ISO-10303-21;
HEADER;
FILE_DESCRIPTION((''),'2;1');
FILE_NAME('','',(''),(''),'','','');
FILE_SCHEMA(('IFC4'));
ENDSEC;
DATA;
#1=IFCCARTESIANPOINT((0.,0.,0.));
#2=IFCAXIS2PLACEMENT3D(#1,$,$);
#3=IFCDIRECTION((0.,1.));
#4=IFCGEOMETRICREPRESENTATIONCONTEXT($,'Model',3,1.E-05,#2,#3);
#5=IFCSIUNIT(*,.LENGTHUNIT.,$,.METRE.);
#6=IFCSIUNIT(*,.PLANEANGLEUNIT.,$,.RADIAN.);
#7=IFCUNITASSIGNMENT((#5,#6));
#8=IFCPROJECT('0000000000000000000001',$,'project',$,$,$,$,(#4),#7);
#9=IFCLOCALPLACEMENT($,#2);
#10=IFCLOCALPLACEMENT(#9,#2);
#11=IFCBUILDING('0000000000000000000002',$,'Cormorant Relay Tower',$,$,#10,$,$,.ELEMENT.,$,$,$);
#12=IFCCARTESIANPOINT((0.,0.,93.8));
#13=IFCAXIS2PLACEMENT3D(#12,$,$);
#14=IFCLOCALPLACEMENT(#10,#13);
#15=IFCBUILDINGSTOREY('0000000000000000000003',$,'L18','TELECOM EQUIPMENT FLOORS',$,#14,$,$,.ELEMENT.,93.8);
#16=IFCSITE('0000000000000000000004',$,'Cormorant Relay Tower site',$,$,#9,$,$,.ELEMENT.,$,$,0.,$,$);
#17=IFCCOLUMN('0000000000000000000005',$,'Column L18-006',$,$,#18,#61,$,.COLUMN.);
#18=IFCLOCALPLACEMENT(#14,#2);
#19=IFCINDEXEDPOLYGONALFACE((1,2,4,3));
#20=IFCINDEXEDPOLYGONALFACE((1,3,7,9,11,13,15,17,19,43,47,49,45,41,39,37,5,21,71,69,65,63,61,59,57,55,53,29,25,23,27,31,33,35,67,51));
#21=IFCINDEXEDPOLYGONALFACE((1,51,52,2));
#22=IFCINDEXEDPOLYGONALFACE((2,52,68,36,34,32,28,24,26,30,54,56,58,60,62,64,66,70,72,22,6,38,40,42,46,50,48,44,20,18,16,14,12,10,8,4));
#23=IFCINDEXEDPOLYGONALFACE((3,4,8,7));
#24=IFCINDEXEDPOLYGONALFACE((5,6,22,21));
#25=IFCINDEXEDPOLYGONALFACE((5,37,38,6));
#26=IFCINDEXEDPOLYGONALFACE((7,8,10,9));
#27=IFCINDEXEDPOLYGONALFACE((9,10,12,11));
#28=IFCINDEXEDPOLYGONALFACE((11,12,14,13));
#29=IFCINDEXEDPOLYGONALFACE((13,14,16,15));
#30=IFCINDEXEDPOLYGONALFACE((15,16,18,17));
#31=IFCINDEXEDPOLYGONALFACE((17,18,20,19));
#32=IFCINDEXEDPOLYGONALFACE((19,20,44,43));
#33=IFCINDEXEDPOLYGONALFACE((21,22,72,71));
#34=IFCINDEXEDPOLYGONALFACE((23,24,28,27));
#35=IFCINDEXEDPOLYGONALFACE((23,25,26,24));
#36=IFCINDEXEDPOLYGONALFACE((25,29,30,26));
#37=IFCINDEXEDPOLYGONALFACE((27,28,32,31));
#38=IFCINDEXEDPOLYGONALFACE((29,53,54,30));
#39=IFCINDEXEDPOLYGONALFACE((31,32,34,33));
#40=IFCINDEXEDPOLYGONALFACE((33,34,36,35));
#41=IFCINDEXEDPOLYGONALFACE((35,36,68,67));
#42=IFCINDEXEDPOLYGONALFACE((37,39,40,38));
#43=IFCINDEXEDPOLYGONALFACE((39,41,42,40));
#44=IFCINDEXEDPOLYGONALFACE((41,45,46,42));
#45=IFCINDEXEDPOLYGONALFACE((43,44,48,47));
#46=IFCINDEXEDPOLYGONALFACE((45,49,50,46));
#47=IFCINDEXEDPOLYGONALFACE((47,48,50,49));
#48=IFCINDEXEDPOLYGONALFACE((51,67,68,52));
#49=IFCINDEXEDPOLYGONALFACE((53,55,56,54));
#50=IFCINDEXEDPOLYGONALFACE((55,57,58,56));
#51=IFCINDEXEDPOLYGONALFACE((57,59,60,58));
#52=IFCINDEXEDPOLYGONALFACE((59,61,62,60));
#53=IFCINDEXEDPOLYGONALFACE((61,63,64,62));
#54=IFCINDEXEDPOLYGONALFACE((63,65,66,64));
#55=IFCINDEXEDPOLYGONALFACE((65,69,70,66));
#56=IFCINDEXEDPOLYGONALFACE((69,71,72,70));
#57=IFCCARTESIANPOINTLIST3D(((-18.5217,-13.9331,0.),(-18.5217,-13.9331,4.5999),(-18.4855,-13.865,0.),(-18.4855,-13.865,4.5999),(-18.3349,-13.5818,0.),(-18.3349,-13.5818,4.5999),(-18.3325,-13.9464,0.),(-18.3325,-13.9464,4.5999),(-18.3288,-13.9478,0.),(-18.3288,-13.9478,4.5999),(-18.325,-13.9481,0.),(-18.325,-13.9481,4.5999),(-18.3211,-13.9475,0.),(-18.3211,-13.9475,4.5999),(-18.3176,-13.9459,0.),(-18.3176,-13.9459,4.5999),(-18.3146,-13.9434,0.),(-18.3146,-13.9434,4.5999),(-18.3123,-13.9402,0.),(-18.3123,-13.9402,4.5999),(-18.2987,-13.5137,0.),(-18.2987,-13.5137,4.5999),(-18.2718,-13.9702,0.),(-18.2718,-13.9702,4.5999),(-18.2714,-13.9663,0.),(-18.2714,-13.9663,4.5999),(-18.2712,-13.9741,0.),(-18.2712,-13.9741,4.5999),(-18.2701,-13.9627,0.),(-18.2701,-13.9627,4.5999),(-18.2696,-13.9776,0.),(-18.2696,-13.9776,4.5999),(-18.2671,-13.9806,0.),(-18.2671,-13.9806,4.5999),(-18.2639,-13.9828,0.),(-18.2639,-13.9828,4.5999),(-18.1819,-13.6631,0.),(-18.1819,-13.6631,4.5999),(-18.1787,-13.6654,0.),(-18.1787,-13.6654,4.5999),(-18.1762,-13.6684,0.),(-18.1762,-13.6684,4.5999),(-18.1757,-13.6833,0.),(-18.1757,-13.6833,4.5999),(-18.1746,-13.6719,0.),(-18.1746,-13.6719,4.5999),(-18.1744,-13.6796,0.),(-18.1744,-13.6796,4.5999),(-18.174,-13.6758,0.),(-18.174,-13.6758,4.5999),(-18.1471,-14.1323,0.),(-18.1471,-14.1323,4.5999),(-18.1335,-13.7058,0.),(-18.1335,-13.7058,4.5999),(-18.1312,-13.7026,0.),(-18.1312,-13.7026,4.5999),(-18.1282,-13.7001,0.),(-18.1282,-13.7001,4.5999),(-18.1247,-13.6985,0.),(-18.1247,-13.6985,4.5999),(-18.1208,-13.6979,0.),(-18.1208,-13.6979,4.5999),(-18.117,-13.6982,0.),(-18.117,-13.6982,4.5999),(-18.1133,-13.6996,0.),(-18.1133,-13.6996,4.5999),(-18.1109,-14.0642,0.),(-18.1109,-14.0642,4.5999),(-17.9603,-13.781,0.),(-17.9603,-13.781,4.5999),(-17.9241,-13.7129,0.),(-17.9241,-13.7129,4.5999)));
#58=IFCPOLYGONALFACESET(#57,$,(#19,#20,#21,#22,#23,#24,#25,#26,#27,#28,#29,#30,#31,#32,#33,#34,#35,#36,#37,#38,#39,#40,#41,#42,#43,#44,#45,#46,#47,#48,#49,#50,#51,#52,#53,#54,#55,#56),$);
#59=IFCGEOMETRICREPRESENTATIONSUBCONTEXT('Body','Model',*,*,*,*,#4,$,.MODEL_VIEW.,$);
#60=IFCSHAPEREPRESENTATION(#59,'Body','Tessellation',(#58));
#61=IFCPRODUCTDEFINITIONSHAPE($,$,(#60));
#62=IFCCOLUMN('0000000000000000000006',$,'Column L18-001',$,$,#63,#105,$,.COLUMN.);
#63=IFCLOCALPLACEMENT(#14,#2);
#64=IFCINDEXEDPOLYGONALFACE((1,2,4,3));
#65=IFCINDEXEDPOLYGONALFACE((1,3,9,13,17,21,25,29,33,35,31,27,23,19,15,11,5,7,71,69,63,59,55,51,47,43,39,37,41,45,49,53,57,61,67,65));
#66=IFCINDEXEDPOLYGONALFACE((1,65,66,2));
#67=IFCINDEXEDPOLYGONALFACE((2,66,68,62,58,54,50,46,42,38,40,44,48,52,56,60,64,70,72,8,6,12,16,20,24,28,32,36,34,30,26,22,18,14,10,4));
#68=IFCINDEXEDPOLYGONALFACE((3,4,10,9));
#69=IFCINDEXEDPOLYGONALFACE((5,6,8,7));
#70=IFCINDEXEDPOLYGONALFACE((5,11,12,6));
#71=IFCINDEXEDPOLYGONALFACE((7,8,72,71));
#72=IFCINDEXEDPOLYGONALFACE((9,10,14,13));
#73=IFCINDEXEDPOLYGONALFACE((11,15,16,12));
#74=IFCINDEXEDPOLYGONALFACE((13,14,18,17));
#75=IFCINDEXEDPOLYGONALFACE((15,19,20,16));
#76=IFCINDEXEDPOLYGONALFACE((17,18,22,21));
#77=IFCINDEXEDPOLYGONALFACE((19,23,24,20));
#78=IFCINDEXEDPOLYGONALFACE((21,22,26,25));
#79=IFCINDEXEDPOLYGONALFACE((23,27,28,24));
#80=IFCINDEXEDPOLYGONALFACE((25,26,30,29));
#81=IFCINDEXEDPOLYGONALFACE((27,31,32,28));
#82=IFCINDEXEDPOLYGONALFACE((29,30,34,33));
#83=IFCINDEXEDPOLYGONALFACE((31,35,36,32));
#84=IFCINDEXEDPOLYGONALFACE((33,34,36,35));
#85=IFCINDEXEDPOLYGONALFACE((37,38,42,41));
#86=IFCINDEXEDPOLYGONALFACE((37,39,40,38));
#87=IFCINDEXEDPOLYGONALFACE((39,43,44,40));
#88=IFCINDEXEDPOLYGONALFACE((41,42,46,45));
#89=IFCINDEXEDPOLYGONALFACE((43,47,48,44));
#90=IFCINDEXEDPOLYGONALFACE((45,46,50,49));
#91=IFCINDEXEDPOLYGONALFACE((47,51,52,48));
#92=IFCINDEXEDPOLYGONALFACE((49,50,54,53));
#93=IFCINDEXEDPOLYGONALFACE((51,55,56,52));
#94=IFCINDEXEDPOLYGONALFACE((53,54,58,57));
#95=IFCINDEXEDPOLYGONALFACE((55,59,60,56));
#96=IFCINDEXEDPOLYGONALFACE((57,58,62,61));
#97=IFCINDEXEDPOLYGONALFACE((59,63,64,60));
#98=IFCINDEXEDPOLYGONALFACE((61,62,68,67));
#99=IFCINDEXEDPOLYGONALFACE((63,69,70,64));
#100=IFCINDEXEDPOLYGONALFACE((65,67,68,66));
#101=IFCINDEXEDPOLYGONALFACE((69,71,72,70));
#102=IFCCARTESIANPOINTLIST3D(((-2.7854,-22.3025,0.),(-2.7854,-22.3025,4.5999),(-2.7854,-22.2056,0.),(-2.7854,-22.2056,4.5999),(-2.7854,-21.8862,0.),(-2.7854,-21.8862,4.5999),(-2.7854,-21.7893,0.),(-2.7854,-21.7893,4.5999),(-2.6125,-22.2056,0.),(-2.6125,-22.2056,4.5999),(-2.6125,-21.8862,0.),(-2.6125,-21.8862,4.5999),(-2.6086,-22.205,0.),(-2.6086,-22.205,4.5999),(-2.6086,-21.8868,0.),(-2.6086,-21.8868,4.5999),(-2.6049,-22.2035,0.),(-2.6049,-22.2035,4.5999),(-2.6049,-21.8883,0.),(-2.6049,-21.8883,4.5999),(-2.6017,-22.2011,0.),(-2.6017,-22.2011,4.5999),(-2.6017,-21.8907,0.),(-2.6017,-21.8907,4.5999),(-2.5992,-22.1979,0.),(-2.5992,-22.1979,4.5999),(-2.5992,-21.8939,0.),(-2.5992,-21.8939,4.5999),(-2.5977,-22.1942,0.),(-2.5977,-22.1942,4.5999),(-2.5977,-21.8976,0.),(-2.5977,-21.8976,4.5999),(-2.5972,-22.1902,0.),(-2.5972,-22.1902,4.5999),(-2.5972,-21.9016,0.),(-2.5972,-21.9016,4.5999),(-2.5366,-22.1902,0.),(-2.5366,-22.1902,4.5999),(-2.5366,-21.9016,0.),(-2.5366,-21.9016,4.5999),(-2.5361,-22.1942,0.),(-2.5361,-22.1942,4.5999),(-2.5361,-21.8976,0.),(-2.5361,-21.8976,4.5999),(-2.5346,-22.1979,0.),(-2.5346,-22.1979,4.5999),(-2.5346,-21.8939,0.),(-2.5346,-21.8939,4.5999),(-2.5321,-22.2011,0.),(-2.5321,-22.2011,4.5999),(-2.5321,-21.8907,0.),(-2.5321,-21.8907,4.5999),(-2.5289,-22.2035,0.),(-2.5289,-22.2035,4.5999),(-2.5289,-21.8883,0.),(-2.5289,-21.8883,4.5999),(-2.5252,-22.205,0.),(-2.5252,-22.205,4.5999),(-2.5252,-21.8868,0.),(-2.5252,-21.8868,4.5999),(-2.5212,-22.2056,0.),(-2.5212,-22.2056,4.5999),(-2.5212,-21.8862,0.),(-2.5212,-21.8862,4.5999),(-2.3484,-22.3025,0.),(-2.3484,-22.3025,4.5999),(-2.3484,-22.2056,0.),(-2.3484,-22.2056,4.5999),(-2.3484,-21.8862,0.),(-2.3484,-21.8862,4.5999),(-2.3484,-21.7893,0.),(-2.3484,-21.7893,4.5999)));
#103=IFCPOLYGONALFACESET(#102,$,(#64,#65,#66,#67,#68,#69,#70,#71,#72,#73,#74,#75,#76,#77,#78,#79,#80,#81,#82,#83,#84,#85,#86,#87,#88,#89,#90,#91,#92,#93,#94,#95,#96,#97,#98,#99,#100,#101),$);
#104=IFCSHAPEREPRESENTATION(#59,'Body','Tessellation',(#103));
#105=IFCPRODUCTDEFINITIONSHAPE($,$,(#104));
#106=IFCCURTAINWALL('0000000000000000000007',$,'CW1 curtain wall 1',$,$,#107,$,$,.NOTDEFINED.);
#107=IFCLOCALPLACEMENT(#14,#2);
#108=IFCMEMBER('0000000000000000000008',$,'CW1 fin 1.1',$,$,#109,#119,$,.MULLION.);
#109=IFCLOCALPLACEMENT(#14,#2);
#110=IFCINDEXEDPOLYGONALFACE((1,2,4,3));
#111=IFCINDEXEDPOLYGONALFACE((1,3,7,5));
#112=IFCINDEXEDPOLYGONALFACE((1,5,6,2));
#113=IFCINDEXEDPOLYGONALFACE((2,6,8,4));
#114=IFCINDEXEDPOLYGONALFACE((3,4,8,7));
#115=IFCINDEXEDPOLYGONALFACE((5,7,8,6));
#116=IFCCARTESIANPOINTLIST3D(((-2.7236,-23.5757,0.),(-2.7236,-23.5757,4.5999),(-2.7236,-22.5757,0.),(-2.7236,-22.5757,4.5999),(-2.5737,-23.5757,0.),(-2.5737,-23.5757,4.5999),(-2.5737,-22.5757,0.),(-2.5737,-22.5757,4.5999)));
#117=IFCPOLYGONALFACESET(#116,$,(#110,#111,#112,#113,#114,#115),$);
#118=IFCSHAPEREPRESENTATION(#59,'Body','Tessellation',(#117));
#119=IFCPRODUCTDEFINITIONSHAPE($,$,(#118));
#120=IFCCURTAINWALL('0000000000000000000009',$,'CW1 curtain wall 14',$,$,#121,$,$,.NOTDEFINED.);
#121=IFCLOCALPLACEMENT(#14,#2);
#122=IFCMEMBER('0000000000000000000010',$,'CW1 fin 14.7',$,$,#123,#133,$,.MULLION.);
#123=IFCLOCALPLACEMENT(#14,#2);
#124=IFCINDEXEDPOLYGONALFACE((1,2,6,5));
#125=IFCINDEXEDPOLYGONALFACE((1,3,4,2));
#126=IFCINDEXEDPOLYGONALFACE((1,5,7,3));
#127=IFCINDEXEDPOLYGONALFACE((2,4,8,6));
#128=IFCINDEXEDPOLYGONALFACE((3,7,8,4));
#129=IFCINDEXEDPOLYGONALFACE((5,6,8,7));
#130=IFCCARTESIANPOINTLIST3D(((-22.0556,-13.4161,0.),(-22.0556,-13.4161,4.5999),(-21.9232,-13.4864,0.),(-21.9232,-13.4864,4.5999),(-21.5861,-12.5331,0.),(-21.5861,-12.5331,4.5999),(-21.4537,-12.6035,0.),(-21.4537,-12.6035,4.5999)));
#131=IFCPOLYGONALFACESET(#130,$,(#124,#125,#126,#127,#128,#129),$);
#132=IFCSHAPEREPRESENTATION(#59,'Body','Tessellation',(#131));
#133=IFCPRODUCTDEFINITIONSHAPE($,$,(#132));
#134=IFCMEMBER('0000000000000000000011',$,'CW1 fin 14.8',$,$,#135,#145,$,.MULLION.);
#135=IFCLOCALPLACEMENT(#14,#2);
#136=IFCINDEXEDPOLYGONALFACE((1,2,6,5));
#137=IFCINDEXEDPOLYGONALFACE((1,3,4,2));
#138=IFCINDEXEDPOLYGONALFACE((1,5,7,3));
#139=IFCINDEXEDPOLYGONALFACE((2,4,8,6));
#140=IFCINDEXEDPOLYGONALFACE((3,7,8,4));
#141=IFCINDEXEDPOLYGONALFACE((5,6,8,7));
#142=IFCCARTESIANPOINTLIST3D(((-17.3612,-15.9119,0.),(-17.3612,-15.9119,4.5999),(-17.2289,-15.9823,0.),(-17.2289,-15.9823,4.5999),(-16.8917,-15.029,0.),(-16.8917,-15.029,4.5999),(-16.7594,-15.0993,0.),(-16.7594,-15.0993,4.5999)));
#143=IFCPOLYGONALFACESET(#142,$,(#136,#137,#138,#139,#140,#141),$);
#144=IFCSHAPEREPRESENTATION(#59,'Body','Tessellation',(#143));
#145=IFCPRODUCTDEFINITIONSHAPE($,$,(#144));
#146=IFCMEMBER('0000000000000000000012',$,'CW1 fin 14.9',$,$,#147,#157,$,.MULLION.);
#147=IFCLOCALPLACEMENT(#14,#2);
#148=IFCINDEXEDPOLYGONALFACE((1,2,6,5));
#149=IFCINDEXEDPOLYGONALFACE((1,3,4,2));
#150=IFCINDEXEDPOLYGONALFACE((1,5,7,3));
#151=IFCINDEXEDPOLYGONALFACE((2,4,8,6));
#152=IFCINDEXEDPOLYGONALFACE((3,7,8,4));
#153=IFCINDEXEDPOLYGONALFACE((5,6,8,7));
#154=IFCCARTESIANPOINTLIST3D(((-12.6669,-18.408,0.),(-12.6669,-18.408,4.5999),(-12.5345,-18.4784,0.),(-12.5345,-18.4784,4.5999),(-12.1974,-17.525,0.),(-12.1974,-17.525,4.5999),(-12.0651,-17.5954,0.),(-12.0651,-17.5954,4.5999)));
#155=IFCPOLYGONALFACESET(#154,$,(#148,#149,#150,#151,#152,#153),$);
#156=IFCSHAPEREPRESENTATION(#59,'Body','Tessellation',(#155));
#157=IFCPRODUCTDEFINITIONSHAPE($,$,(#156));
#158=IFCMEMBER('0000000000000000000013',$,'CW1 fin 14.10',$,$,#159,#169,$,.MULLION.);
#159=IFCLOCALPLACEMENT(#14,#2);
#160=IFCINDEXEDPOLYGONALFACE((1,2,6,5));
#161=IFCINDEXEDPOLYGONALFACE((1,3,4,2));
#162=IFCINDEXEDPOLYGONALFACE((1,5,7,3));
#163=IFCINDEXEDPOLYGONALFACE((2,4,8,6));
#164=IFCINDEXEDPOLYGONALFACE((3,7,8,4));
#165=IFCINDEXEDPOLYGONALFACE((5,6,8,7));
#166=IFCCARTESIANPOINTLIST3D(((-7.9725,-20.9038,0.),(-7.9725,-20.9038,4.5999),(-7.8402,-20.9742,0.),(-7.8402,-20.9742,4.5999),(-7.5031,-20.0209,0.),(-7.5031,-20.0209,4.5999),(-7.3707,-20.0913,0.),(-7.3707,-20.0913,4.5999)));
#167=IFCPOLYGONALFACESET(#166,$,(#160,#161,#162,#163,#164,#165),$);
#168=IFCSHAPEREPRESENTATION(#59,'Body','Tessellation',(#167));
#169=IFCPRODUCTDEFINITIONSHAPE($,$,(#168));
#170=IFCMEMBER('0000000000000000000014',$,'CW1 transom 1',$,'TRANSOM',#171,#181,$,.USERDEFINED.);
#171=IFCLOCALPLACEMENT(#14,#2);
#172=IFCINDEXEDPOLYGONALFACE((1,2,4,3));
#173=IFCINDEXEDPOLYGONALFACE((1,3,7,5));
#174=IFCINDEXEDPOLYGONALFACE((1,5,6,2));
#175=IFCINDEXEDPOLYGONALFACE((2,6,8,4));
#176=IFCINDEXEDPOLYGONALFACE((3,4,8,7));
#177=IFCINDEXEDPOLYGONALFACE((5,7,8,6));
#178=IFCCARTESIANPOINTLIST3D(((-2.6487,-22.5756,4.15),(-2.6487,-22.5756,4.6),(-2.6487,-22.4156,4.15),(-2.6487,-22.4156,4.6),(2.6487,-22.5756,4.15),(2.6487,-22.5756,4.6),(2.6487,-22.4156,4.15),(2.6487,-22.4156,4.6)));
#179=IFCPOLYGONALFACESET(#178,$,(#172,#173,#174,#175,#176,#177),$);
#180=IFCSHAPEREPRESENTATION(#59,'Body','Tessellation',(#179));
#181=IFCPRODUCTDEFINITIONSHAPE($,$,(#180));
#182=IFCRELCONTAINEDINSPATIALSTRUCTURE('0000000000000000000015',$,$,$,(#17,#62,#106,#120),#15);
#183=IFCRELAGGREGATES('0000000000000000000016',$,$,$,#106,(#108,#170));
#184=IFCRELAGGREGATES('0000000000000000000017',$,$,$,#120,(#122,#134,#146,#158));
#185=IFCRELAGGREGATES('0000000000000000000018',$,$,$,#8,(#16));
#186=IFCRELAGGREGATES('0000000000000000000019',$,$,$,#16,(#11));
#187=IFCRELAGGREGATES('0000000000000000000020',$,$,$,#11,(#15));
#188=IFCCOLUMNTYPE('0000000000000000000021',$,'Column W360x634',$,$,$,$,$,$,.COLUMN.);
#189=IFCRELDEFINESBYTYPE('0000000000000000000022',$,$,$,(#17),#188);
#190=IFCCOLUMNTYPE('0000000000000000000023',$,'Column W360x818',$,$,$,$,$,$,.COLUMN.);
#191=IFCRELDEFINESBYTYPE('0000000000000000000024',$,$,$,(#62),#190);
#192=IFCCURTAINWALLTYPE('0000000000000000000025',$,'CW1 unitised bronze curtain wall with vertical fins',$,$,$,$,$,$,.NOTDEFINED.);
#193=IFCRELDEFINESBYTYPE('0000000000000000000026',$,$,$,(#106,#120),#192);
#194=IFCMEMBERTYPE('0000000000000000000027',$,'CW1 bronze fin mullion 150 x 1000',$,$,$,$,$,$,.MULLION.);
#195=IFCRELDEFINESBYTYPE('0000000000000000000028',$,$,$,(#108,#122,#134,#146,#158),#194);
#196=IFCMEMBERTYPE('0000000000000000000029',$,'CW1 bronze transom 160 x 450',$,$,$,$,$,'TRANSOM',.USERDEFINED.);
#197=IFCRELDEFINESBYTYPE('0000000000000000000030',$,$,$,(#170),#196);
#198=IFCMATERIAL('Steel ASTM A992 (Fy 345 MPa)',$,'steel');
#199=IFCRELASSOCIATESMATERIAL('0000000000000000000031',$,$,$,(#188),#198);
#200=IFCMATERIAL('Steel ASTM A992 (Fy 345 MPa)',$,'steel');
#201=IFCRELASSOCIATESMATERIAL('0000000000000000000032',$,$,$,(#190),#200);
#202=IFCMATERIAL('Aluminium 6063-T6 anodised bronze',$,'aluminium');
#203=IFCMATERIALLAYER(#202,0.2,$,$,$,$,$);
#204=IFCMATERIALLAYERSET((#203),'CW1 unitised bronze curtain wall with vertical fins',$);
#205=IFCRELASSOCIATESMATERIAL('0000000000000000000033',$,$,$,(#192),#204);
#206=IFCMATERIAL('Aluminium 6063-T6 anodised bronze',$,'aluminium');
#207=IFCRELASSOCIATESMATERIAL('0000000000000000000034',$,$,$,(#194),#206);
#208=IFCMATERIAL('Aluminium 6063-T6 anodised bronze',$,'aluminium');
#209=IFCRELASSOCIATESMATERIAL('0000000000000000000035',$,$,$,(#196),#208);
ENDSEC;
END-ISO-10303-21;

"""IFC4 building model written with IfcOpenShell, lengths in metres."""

from ifc_helpers import new_model, si_unit, direction, frame, origin, origin_2d, place, context, subcontext, project, spatial, rectangle, i_section, extrude, material, layer, layer_set, material_profile, profile_set, type_object, element, aggregate, save


model = new_model("IFC4")

# Units and contexts
model_context = context("Model", 3, precision=1e-05, world=origin(), true_north=direction((0.0, 1.0)))
body_context = subcontext(model_context, "Body", "Model", "MODEL_VIEW")
ifc_project = project(units=[si_unit("LENGTHUNIT", "METRE"), si_unit("PLANEANGLEUNIT", "RADIAN")], contexts=[model_context])

# Site, building, storey
site_placement = place(None, origin())
site = spatial("IfcSite", under=ifc_project, at=site_placement, Name="Cormorant Relay Tower site", CompositionType="ELEMENT", RefElevation=0.0)
building_placement = place(site_placement, origin())
building = spatial("IfcBuilding", under=site, at=building_placement, Name="Cormorant Relay Tower", CompositionType="ELEMENT")
storey_placement = place(building_placement, frame((0.0, 0.0, 93.8)))
storey = spatial("IfcBuildingStorey", under=building, at=storey_placement, Name="L18", Description="TELECOM EQUIPMENT FLOORS", CompositionType="ELEMENT", Elevation=93.8)

# Columns
ifc_material_1 = material(Name="Steel ASTM A992 (Fy 345 MPa)", Category="steel")
ifc_material_profile_1 = material_profile(ifc_material_1, i_section(OverallWidth=0.4243, OverallDepth=0.4751, WebThickness=0.0479, FlangeThickness=0.0771, FilletRadius=0.0149, at=origin_2d()), Name="W360x634")
ifc_profile_set_1 = profile_set([ifc_material_profile_1], Name="Steel ASTM A992 (Fy 345 MPa)")
column_type_1 = type_object("IfcColumnType", Name="Column W360x634", PredefinedType="COLUMN", material=ifc_profile_set_1)
for number, where, z_axis, x_axis, name in (
    (1, (-18.2229, -13.823, 0.0), (0.0, 0.0, 1.0), (0.882948, -0.469472, 0.0), "Column L18-006"),
):
    element("IfcColumn", number, at=place(storey_placement, frame(where, z_axis=z_axis, x_axis=x_axis)), inside=storey, type_object=column_type_1, Name=name, PredefinedType="COLUMN", context=body_context, shape_type="SweptSolid", body=[
        extrude(i_section(OverallWidth=0.4243, OverallDepth=0.4751, WebThickness=0.0479, FlangeThickness=0.0771, FilletRadius=0.0149, at=origin_2d()), origin(), (0.0, 0.0, 1.0), 4.5999),
    ])
ifc_material_2 = material(Name="Steel ASTM A992 (Fy 345 MPa)", Category="steel")
ifc_material_profile_2 = material_profile(ifc_material_2, i_section(OverallWidth=0.437, OverallDepth=0.5132, WebThickness=0.0605, FlangeThickness=0.0969, FilletRadius=0.0154, at=origin_2d()), Name="W360x818")
ifc_profile_set_2 = profile_set([ifc_material_profile_2], Name="Steel ASTM A992 (Fy 345 MPa)")
column_type_2 = type_object("IfcColumnType", Name="Column W360x818", PredefinedType="COLUMN", material=ifc_profile_set_2)
column_placement = place(storey_placement, frame((-2.5669, -22.0459, 0.0), z_axis=(0.0, 0.0, 1.0), x_axis=(1.0, 0.0, 0.0)))
element("IfcColumn", 2, at=column_placement, inside=storey, type_object=column_type_2, Name="Column L18-001", PredefinedType="COLUMN", context=body_context, shape_type="SweptSolid", body=[
    extrude(i_section(OverallWidth=0.437, OverallDepth=0.5132, WebThickness=0.0605, FlangeThickness=0.0969, FilletRadius=0.0154, at=origin_2d()), origin(), (0.0, 0.0, 1.0), 4.5999),
])

# Curtain wall, member
ifc_material_3 = material(Name="Aluminium 6063-T6 anodised bronze", Category="aluminium")
ifc_layer_1 = layer(ifc_material_3, 0.2)
ifc_layer_set_1 = layer_set([ifc_layer_1], Name="CW1 unitised bronze curtain wall with vertical fins")
curtain_wall_type = type_object("IfcCurtainWallType", Name="CW1 unitised bronze curtain wall with vertical fins", PredefinedType="NOTDEFINED", material=ifc_layer_set_1)
curtain_wall_1_placement = place(storey_placement, origin())
curtain_wall_1 = element("IfcCurtainWall", 3, at=curtain_wall_1_placement, inside=storey, type_object=curtain_wall_type, Name="CW1 curtain wall 1", PredefinedType="NOTDEFINED")
ifc_material_4 = material(Name="Aluminium 6063-T6 anodised bronze", Category="aluminium")
ifc_material_profile_3 = material_profile(ifc_material_4, rectangle(XDim=0.1499, YDim=1.0, at=origin_2d()), Name="AL 150x1000")
ifc_profile_set_3 = profile_set([ifc_material_profile_3], Name="Aluminium 6063-T6 anodised bronze")
member_type_1 = type_object("IfcMemberType", Name="CW1 bronze fin mullion 150 x 1000", PredefinedType="MULLION", material=ifc_profile_set_3)
member_1_placement = place(storey_placement, frame((-2.6487, -23.0757, 0.0), z_axis=(0.0, 0.0, 1.0), x_axis=(1.0, 0.0, 0.0)))
member_1 = element("IfcMember", 4, at=member_1_placement, type_object=member_type_1, Name="CW1 fin 1.1", PredefinedType="MULLION", context=body_context, shape_type="SweptSolid", body=[
    extrude(rectangle(XDim=0.1499, YDim=1.0, at=origin_2d()), origin(), (0.0, 0.0, 1.0), 4.5999),
])

# Curtain wall, members
curtain_wall_2_placement = place(storey_placement, origin())
curtain_wall_2 = element("IfcCurtainWall", 5, at=curtain_wall_2_placement, inside=storey, type_object=curtain_wall_type, Name="CW1 curtain wall 14", PredefinedType="NOTDEFINED")
member_2_placement = place(storey_placement, frame((-21.7546, -13.0098, 0.0), z_axis=(0.0, 0.0, 1.0), x_axis=(0.882948, -0.469472, 0.0)))
member_2 = element("IfcMember", 6, at=member_2_placement, type_object=member_type_1, Name="CW1 fin 14.7", PredefinedType="MULLION", context=body_context, shape_type="SweptSolid", body=[
    extrude(rectangle(XDim=0.1499, YDim=1.0, at=origin_2d()), origin(), (0.0, 0.0, 1.0), 4.5999),
])
member_3_placement = place(storey_placement, frame((-17.0603, -15.5056, 0.0), z_axis=(0.0, 0.0, 1.0), x_axis=(0.882948, -0.469472, 0.0)))
member_3 = element("IfcMember", 7, at=member_3_placement, type_object=member_type_1, Name="CW1 fin 14.8", PredefinedType="MULLION", context=body_context, shape_type="SweptSolid", body=[
    extrude(rectangle(XDim=0.1499, YDim=1.0, at=origin_2d()), origin(), (0.0, 0.0, 1.0), 4.5999),
])
member_4_placement = place(storey_placement, frame((-12.366, -18.0017, 0.0), z_axis=(0.0, 0.0, 1.0), x_axis=(0.882948, -0.469472, 0.0)))
member_4 = element("IfcMember", 8, at=member_4_placement, type_object=member_type_1, Name="CW1 fin 14.9", PredefinedType="MULLION", context=body_context, shape_type="SweptSolid", body=[
    extrude(rectangle(XDim=0.1499, YDim=1.0, at=origin_2d()), origin(), (0.0, 0.0, 1.0), 4.5999),
])
member_5_placement = place(storey_placement, frame((-7.6716, -20.4976, 0.0), z_axis=(0.0, 0.0, 1.0), x_axis=(0.882948, -0.469472, 0.0)))
member_5 = element("IfcMember", 9, at=member_5_placement, type_object=member_type_1, Name="CW1 fin 14.10", PredefinedType="MULLION", context=body_context, shape_type="SweptSolid", body=[
    extrude(rectangle(XDim=0.1499, YDim=1.0, at=origin_2d()), origin(), (0.0, 0.0, 1.0), 4.5999),
])

# Member
ifc_material_5 = material(Name="Aluminium 6063-T6 anodised bronze", Category="aluminium")
ifc_material_profile_4 = material_profile(ifc_material_5, rectangle(XDim=0.1599, YDim=0.45, at=origin_2d()), Name="AL 160x450")
ifc_profile_set_4 = profile_set([ifc_material_profile_4], Name="Aluminium 6063-T6 anodised bronze")
member_type_2 = type_object("IfcMemberType", Name="CW1 bronze transom 160 x 450", ElementType="TRANSOM", PredefinedType="USERDEFINED", material=ifc_profile_set_4)
member_6_placement = place(storey_placement, frame((-2.6487, -22.4956, 4.375), z_axis=(1.0, 0.0, 0.0), x_axis=(0.0, 1.0, 0.0)))
member_6 = element("IfcMember", 10, at=member_6_placement, type_object=member_type_2, Name="CW1 transom 1", ObjectType="TRANSOM", PredefinedType="USERDEFINED", context=body_context, shape_type="SweptSolid", body=[
    extrude(rectangle(XDim=0.1599, YDim=0.45, at=origin_2d()), origin(), (0.0, 0.0, 1.0), 5.2974),
])
aggregate(curtain_wall_1, [member_1, member_6])

aggregate(curtain_wall_2, [member_2, member_3, member_4, member_5])

save(model, "model.ifc")
